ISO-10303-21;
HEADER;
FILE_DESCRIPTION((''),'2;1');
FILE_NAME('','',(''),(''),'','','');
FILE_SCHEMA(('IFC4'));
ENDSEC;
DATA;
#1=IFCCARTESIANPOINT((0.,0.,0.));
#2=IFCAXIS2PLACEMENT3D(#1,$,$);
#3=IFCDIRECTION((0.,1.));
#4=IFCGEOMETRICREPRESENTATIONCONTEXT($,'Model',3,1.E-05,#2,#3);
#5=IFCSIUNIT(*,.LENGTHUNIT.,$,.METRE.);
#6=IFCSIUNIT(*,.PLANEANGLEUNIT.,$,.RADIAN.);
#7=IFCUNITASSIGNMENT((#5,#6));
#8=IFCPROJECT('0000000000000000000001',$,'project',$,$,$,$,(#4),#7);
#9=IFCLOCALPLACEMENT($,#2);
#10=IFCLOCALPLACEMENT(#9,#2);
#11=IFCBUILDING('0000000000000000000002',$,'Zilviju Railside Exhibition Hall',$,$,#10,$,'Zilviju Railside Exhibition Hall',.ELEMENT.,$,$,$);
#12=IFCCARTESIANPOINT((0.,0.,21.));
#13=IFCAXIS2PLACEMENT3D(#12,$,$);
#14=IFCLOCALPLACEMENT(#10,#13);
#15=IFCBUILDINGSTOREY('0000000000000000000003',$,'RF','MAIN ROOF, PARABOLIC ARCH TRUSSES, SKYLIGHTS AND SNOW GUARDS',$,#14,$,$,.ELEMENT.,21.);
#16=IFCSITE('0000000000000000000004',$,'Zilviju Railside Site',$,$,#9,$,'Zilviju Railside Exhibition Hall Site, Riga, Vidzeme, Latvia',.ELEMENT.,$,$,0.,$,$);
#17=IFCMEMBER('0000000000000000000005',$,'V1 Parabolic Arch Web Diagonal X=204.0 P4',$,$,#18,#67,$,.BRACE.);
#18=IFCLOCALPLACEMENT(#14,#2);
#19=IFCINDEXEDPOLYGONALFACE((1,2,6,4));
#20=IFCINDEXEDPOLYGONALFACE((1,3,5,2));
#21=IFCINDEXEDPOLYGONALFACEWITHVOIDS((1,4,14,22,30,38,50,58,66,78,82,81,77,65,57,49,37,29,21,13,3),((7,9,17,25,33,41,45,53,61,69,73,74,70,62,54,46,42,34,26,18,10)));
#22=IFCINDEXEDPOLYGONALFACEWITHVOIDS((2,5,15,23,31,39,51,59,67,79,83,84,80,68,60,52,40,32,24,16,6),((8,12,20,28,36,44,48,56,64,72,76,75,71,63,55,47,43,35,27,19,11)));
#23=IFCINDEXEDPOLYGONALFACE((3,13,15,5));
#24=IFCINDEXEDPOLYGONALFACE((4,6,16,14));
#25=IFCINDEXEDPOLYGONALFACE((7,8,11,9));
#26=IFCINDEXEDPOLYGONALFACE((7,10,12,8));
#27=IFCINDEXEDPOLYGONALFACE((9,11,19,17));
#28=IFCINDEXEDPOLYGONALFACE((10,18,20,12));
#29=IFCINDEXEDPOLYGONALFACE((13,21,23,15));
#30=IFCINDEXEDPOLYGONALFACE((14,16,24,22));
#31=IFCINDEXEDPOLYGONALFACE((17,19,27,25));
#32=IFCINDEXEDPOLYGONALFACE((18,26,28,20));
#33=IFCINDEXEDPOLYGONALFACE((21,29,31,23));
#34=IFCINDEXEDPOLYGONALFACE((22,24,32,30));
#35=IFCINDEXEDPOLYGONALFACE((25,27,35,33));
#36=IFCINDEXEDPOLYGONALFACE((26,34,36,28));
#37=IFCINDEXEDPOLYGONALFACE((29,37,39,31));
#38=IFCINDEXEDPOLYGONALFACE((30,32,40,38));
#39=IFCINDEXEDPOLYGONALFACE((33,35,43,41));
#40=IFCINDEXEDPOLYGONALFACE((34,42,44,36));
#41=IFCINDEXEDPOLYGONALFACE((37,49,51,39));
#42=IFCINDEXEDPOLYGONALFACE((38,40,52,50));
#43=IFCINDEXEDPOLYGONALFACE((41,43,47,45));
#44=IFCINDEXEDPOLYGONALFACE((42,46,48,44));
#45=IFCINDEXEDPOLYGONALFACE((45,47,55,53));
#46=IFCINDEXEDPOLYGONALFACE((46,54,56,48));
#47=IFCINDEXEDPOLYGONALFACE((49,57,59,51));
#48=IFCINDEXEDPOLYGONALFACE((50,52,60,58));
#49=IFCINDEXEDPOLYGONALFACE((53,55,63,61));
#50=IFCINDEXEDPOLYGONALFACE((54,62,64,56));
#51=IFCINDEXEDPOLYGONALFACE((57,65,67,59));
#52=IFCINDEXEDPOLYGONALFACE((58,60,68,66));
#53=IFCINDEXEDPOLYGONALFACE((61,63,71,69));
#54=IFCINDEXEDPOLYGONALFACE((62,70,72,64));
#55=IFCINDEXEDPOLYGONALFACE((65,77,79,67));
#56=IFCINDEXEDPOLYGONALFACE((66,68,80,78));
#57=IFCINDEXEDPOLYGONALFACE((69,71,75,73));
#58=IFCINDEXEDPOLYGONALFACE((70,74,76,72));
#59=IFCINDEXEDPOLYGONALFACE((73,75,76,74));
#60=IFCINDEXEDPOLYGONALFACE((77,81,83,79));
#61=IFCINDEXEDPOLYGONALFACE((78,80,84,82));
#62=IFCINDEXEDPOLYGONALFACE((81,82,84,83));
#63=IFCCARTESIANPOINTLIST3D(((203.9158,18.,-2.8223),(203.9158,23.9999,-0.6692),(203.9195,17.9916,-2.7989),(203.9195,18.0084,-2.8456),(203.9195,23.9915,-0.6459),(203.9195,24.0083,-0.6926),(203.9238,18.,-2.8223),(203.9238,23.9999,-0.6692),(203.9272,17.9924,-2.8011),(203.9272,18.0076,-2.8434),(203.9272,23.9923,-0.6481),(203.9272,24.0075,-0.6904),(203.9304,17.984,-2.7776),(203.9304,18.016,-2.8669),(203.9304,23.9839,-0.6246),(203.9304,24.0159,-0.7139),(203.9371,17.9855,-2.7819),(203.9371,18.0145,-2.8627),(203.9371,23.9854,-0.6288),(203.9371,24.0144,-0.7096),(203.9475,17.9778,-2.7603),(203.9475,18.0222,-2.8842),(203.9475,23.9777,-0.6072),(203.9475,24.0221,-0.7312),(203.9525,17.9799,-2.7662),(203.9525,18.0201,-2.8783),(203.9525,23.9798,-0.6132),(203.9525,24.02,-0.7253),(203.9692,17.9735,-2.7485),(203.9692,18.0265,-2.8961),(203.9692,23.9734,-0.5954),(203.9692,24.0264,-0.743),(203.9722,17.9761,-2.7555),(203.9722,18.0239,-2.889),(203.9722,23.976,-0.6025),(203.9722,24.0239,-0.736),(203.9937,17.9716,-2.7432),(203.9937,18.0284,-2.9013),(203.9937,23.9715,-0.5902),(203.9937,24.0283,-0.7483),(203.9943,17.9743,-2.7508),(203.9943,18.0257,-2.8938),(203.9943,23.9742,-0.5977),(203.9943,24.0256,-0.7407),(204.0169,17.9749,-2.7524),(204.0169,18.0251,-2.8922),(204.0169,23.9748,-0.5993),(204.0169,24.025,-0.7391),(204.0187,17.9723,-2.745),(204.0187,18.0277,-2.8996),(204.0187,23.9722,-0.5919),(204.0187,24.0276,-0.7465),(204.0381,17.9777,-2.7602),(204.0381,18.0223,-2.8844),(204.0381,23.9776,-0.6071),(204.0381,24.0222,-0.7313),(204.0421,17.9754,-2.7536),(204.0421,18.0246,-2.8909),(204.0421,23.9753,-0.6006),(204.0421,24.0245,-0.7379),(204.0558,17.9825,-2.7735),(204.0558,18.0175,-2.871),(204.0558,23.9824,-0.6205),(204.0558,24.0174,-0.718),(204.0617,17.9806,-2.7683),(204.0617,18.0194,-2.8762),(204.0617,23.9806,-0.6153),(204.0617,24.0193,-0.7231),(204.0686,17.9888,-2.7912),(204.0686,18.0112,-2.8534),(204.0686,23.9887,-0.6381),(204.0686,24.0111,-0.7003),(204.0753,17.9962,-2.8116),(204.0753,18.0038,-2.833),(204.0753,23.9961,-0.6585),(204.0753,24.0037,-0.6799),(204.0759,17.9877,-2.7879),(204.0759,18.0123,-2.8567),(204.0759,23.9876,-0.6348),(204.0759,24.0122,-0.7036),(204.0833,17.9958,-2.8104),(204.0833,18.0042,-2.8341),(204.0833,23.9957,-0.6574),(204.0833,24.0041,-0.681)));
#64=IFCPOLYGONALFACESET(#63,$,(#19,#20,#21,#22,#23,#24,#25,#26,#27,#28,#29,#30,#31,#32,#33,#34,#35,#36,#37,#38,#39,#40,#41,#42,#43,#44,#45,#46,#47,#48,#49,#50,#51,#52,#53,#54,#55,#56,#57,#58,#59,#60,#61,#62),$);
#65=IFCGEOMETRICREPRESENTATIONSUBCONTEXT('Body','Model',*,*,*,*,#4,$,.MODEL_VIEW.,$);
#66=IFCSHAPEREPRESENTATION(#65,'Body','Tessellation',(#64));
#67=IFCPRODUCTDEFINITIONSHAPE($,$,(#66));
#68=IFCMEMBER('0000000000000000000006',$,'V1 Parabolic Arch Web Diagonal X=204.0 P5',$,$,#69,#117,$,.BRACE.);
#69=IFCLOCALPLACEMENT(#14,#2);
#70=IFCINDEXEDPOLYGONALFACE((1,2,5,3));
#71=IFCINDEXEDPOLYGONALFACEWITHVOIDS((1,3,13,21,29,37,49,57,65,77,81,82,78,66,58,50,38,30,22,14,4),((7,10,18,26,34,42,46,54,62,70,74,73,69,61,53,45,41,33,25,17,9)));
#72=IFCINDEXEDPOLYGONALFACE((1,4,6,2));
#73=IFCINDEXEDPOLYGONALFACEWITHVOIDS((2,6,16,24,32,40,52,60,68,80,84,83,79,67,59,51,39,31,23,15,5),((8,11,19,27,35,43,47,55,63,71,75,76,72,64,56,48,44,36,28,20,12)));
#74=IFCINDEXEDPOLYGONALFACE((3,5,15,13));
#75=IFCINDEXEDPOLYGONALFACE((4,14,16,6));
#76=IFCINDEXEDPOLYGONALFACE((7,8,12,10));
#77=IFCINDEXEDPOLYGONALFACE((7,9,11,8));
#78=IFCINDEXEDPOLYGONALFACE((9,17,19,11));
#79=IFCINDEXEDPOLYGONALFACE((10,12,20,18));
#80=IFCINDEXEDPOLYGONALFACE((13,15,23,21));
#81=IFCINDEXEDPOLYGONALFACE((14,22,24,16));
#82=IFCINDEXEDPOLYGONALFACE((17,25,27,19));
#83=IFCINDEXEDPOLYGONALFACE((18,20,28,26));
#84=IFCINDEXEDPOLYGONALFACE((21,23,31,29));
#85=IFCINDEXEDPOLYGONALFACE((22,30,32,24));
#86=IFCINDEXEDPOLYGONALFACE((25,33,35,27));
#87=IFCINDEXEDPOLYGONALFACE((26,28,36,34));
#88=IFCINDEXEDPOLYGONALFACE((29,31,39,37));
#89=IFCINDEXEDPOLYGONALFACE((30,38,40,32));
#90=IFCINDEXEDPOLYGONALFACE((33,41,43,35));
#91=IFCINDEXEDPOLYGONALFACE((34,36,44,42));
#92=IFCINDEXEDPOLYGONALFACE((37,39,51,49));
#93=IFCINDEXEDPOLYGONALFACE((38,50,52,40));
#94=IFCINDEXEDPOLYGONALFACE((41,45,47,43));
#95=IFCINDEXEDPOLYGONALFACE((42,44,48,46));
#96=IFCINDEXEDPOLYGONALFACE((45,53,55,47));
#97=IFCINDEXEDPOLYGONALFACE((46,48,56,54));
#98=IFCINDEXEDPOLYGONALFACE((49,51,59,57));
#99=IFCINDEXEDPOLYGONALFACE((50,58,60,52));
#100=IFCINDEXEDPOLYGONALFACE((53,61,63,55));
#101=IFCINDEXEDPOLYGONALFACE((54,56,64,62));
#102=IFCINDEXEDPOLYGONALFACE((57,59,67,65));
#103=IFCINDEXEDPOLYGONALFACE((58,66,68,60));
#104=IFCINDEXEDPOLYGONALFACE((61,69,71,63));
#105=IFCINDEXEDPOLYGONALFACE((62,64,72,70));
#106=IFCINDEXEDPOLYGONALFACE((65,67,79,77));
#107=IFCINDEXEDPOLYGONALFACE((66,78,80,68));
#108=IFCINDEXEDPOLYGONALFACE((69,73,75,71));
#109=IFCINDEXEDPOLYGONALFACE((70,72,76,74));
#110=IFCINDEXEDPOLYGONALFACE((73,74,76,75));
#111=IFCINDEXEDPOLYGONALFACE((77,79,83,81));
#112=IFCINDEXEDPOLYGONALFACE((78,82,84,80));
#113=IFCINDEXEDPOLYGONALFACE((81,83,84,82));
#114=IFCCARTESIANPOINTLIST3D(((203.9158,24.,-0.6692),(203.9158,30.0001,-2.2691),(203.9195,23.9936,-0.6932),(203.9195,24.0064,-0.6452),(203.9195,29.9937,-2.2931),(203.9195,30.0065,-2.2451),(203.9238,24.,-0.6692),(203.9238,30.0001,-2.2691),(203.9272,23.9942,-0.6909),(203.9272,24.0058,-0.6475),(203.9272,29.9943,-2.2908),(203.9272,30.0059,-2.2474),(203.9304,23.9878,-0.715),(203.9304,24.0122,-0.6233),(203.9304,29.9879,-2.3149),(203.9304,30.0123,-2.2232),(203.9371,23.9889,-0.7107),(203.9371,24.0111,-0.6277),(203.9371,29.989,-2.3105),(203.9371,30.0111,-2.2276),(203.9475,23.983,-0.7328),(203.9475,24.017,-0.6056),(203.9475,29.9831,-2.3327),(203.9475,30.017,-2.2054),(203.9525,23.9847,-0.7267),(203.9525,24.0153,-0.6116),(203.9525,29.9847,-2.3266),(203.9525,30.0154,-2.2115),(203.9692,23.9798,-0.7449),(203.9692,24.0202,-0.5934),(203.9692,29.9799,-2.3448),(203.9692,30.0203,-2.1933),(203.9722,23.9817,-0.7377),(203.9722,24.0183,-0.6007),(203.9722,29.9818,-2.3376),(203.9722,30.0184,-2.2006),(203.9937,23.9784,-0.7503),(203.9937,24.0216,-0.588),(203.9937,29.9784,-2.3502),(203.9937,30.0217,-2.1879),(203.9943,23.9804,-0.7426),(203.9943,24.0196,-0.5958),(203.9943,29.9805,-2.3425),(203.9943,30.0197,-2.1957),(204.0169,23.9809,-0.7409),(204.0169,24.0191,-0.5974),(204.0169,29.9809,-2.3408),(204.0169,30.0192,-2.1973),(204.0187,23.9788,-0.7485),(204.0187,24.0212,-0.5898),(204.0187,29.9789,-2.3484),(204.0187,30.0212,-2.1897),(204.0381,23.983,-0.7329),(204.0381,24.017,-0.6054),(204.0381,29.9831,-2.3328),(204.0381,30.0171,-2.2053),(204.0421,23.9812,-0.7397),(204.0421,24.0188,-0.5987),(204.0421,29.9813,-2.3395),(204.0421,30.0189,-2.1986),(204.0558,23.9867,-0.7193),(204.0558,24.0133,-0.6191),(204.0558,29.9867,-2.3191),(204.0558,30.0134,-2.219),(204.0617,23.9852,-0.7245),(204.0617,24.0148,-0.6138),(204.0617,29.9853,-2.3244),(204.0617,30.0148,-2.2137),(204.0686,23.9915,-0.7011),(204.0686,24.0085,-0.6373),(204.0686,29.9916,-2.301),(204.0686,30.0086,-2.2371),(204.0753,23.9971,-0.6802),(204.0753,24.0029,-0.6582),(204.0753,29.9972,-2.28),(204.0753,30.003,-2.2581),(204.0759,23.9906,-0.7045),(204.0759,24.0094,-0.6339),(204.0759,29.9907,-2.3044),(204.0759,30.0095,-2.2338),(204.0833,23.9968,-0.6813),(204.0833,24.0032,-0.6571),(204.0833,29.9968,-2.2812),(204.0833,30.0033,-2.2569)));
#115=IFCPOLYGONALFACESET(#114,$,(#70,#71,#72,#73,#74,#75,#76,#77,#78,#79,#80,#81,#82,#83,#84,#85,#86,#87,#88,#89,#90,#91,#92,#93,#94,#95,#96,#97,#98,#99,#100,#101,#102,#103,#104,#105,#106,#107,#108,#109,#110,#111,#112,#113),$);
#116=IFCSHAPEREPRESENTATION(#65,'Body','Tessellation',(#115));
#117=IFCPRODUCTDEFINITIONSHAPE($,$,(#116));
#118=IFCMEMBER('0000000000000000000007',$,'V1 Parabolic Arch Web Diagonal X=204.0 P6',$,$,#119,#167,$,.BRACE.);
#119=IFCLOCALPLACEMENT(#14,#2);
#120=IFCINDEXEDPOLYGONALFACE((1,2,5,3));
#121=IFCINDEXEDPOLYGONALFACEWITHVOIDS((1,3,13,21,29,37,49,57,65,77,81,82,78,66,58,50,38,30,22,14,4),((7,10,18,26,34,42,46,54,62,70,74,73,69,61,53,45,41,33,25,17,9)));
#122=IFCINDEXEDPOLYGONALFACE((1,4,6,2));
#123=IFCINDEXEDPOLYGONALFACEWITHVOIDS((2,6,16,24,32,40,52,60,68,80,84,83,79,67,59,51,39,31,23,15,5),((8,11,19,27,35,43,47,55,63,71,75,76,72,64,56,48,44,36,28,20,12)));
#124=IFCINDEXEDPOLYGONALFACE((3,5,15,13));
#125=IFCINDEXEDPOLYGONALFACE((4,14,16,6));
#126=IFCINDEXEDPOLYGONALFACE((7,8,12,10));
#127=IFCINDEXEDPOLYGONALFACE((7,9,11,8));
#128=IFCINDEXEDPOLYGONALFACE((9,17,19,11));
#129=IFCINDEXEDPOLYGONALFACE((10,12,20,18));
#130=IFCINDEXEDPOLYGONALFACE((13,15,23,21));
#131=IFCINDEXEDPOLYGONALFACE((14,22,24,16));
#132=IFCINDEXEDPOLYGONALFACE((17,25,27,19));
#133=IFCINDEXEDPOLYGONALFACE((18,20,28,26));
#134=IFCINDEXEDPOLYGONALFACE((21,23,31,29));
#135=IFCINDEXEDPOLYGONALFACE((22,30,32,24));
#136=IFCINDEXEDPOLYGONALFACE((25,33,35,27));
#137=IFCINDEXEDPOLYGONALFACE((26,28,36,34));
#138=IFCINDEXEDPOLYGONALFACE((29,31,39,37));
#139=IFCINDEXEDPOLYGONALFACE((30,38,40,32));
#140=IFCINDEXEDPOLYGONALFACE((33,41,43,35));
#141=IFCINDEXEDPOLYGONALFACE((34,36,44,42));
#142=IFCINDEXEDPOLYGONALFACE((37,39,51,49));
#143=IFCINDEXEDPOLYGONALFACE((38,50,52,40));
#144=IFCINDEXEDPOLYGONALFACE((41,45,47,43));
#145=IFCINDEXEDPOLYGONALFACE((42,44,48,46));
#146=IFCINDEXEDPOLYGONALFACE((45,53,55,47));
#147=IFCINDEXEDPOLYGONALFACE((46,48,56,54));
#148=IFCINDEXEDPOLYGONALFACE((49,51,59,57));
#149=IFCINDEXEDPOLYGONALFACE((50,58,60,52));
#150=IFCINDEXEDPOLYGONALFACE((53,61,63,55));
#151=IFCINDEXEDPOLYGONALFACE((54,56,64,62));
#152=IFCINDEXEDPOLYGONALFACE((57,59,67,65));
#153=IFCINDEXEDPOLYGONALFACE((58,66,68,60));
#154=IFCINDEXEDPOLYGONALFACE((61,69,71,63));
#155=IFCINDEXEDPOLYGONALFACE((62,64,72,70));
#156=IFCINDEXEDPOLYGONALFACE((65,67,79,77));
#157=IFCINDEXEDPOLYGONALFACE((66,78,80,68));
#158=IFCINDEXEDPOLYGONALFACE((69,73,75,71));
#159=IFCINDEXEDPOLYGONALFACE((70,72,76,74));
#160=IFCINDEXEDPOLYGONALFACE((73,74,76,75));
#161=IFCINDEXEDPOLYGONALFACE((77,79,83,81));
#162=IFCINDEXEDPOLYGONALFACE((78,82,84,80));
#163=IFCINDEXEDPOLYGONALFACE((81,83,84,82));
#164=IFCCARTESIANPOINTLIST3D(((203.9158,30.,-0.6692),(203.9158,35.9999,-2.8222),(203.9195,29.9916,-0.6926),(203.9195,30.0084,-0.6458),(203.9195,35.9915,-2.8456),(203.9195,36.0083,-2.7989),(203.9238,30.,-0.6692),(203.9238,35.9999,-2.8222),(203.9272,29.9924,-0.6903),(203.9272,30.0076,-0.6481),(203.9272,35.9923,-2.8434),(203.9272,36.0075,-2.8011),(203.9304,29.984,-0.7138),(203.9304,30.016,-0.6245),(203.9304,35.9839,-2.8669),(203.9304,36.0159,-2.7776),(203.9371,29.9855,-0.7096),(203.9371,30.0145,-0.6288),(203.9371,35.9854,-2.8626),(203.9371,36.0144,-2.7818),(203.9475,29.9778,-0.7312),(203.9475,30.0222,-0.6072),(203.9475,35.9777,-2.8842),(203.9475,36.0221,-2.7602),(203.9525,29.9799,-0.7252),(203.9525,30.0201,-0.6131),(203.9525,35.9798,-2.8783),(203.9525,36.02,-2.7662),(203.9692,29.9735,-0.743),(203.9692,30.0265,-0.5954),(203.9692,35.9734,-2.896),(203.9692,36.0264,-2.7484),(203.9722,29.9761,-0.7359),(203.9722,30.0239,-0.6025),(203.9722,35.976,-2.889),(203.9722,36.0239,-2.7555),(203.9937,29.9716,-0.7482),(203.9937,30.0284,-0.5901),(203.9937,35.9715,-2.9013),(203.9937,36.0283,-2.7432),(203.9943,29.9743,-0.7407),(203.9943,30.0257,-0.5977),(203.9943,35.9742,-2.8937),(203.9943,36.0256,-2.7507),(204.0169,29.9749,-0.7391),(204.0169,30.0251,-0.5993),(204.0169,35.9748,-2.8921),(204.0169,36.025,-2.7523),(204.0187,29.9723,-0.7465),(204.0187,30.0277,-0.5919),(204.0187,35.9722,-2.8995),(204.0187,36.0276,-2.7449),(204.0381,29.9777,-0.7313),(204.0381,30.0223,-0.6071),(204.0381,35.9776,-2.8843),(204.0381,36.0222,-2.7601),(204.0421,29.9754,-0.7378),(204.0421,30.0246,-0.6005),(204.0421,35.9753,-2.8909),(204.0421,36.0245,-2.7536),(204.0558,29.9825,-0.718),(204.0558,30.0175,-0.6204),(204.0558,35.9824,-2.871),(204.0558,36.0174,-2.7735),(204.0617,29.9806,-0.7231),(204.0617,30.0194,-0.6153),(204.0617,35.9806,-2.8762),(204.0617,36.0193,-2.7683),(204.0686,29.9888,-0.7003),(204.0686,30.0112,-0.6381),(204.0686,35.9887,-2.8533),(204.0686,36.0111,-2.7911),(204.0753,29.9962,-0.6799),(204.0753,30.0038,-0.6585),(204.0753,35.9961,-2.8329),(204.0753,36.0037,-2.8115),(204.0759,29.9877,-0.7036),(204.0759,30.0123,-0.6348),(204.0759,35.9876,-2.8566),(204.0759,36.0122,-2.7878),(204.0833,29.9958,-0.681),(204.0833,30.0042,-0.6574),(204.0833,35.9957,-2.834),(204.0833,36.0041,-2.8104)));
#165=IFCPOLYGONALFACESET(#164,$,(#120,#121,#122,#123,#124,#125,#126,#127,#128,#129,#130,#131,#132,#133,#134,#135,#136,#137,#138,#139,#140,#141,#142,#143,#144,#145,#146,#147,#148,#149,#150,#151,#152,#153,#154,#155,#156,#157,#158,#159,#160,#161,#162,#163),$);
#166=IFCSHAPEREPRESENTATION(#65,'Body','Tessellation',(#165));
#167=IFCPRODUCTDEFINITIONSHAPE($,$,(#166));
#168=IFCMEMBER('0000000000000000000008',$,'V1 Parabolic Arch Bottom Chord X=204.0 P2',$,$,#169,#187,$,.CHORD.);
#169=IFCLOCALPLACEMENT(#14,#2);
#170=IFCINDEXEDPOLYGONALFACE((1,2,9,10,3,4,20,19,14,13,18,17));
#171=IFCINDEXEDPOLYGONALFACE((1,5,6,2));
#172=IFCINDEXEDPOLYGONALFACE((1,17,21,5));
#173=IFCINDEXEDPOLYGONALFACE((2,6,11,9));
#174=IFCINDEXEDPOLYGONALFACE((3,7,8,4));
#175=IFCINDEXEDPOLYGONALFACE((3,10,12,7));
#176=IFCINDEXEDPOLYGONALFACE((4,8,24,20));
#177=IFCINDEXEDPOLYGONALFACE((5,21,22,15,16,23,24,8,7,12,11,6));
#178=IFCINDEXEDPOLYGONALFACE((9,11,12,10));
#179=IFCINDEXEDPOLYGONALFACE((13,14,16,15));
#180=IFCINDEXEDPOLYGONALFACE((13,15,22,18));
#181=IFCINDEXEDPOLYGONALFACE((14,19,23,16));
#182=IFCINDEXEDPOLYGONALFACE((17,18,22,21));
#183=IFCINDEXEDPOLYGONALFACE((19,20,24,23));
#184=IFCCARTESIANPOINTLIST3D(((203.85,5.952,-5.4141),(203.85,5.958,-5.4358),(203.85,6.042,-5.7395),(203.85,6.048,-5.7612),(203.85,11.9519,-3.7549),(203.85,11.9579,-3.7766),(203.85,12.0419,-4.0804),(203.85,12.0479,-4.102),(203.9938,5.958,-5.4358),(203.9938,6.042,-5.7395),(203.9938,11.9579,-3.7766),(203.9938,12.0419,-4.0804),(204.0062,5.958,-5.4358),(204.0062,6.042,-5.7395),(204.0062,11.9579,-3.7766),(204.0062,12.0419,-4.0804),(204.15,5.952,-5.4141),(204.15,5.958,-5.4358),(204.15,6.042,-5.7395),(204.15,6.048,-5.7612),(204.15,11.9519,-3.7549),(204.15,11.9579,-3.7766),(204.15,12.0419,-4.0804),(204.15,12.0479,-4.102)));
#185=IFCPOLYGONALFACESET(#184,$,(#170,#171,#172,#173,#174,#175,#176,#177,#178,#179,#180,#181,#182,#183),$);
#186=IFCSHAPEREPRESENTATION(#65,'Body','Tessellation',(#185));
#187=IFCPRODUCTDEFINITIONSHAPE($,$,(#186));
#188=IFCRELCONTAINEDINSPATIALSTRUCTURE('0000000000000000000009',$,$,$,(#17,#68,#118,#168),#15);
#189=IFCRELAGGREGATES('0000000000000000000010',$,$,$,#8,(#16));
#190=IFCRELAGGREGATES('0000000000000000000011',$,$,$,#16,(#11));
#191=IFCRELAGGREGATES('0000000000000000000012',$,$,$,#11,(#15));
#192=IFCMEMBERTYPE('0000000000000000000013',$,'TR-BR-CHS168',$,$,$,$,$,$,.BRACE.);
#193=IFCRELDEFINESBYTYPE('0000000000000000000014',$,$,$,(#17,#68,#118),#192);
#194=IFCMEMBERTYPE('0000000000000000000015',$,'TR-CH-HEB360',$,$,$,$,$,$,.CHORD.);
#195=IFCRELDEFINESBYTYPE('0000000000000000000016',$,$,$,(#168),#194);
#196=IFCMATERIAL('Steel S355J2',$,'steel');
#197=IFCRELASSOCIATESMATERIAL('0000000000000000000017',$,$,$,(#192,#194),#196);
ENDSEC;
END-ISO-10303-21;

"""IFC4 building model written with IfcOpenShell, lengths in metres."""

from ifc_helpers import new_model, si_unit, direction, frame, origin, origin_2d, place, context, subcontext, project, spatial, hollow_circle, i_section, extrude, material, material_profile, profile_set, type_object, element, save


model = new_model("IFC4")

# Units and contexts
model_context = context("Model", 3, precision=1e-05, world=origin(), true_north=direction((0.0, 1.0)))
body_context = subcontext(model_context, "Body", "Model", "MODEL_VIEW")
ifc_project = project(units=[si_unit("LENGTHUNIT", "METRE"), si_unit("PLANEANGLEUNIT", "RADIAN")], contexts=[model_context])

# Site, building, storey
site_placement = place(None, origin())
site = spatial("IfcSite", under=ifc_project, at=site_placement, Name="Zilviju Railside Site", LongName="Zilviju Railside Exhibition Hall Site, Riga, Vidzeme, Latvia", CompositionType="ELEMENT", RefElevation=0.0)
building_placement = place(site_placement, origin())
building = spatial("IfcBuilding", under=site, at=building_placement, Name="Zilviju Railside Exhibition Hall", LongName="Zilviju Railside Exhibition Hall", CompositionType="ELEMENT")
storey_placement = place(building_placement, frame((0.0, 0.0, 21.0)))
storey = spatial("IfcBuildingStorey", under=building, at=storey_placement, Name="RF", Description="MAIN ROOF, PARABOLIC ARCH TRUSSES, SKYLIGHTS AND SNOW GUARDS", CompositionType="ELEMENT", Elevation=21.0)

# Members
ifc_material_1 = material(Name="Steel S355J2", Category="steel")
ifc_material_profile_1 = material_profile(ifc_material_1, hollow_circle(Radius=0.0842, WallThickness=0.0081, at=origin_2d()), Name="CHS 168.3x8.0")
ifc_profile_set_1 = profile_set([ifc_material_profile_1], Name="Steel S355J2")
member_type_1 = type_object("IfcMemberType", Name="TR-BR-CHS168", PredefinedType="BRACE", material=ifc_profile_set_1)
member_1_placement = place(storey_placement, frame((204.0, 18.0, -2.8223), z_axis=(0.0, 0.941233, 0.337758), x_axis=(-1.0, 0.0, 0.0)))
element("IfcMember", 1, at=member_1_placement, inside=storey, type_object=member_type_1, Name="V1 Parabolic Arch Web Diagonal X=204.0 P4", PredefinedType="BRACE", context=body_context, shape_type="SweptSolid", body=[
    extrude(hollow_circle(Radius=0.0842, WallThickness=0.0081, at=origin_2d()), origin(), (0.0, 0.0, 1.0), 6.3745),
])
member_2_placement = place(storey_placement, frame((204.0, 24.0, -0.6692), z_axis=(0.0, 0.966241, -0.257641), x_axis=(-1.0, 0.0, 0.0)))
element("IfcMember", 2, at=member_2_placement, inside=storey, type_object=member_type_1, Name="V1 Parabolic Arch Web Diagonal X=204.0 P5", PredefinedType="BRACE", context=body_context, shape_type="SweptSolid", body=[
    extrude(hollow_circle(Radius=0.0842, WallThickness=0.0081, at=origin_2d()), origin(), (0.0, 0.0, 1.0), 6.2097),
])
member_3_placement = place(storey_placement, frame((204.0, 30.0, -0.6692), z_axis=(0.0, 0.941233, -0.337758), x_axis=(-1.0, 0.0, 0.0)))
element("IfcMember", 3, at=member_3_placement, inside=storey, type_object=member_type_1, Name="V1 Parabolic Arch Web Diagonal X=204.0 P6", PredefinedType="BRACE", context=body_context, shape_type="SweptSolid", body=[
    extrude(hollow_circle(Radius=0.0842, WallThickness=0.0081, at=origin_2d()), origin(), (0.0, 0.0, 1.0), 6.3745),
])
ifc_material_profile_2 = material_profile(ifc_material_1, i_section(OverallWidth=0.3, OverallDepth=0.3601, WebThickness=0.0125, FlangeThickness=0.0225, at=origin_2d()), Name="HEB 360")
ifc_profile_set_2 = profile_set([ifc_material_profile_2], Name="Steel S355J2")
member_type_2 = type_object("IfcMemberType", Name="TR-CH-HEB360", PredefinedType="CHORD", material=ifc_profile_set_2)
member_4_placement = place(storey_placement, frame((204.0, 6.0, -5.5876), z_axis=(0.0, 0.963827, 0.266527), x_axis=(-1.0, 0.0, 0.0)))
element("IfcMember", 4, at=member_4_placement, inside=storey, type_object=member_type_2, Name="V1 Parabolic Arch Bottom Chord X=204.0 P2", PredefinedType="CHORD", context=body_context, shape_type="SweptSolid", body=[
    extrude(i_section(OverallWidth=0.3, OverallDepth=0.3601, WebThickness=0.0125, FlangeThickness=0.0225, at=origin_2d()), origin(), (0.0, 0.0, 1.0), 6.2251),
])

save(model, "model.ifc")
